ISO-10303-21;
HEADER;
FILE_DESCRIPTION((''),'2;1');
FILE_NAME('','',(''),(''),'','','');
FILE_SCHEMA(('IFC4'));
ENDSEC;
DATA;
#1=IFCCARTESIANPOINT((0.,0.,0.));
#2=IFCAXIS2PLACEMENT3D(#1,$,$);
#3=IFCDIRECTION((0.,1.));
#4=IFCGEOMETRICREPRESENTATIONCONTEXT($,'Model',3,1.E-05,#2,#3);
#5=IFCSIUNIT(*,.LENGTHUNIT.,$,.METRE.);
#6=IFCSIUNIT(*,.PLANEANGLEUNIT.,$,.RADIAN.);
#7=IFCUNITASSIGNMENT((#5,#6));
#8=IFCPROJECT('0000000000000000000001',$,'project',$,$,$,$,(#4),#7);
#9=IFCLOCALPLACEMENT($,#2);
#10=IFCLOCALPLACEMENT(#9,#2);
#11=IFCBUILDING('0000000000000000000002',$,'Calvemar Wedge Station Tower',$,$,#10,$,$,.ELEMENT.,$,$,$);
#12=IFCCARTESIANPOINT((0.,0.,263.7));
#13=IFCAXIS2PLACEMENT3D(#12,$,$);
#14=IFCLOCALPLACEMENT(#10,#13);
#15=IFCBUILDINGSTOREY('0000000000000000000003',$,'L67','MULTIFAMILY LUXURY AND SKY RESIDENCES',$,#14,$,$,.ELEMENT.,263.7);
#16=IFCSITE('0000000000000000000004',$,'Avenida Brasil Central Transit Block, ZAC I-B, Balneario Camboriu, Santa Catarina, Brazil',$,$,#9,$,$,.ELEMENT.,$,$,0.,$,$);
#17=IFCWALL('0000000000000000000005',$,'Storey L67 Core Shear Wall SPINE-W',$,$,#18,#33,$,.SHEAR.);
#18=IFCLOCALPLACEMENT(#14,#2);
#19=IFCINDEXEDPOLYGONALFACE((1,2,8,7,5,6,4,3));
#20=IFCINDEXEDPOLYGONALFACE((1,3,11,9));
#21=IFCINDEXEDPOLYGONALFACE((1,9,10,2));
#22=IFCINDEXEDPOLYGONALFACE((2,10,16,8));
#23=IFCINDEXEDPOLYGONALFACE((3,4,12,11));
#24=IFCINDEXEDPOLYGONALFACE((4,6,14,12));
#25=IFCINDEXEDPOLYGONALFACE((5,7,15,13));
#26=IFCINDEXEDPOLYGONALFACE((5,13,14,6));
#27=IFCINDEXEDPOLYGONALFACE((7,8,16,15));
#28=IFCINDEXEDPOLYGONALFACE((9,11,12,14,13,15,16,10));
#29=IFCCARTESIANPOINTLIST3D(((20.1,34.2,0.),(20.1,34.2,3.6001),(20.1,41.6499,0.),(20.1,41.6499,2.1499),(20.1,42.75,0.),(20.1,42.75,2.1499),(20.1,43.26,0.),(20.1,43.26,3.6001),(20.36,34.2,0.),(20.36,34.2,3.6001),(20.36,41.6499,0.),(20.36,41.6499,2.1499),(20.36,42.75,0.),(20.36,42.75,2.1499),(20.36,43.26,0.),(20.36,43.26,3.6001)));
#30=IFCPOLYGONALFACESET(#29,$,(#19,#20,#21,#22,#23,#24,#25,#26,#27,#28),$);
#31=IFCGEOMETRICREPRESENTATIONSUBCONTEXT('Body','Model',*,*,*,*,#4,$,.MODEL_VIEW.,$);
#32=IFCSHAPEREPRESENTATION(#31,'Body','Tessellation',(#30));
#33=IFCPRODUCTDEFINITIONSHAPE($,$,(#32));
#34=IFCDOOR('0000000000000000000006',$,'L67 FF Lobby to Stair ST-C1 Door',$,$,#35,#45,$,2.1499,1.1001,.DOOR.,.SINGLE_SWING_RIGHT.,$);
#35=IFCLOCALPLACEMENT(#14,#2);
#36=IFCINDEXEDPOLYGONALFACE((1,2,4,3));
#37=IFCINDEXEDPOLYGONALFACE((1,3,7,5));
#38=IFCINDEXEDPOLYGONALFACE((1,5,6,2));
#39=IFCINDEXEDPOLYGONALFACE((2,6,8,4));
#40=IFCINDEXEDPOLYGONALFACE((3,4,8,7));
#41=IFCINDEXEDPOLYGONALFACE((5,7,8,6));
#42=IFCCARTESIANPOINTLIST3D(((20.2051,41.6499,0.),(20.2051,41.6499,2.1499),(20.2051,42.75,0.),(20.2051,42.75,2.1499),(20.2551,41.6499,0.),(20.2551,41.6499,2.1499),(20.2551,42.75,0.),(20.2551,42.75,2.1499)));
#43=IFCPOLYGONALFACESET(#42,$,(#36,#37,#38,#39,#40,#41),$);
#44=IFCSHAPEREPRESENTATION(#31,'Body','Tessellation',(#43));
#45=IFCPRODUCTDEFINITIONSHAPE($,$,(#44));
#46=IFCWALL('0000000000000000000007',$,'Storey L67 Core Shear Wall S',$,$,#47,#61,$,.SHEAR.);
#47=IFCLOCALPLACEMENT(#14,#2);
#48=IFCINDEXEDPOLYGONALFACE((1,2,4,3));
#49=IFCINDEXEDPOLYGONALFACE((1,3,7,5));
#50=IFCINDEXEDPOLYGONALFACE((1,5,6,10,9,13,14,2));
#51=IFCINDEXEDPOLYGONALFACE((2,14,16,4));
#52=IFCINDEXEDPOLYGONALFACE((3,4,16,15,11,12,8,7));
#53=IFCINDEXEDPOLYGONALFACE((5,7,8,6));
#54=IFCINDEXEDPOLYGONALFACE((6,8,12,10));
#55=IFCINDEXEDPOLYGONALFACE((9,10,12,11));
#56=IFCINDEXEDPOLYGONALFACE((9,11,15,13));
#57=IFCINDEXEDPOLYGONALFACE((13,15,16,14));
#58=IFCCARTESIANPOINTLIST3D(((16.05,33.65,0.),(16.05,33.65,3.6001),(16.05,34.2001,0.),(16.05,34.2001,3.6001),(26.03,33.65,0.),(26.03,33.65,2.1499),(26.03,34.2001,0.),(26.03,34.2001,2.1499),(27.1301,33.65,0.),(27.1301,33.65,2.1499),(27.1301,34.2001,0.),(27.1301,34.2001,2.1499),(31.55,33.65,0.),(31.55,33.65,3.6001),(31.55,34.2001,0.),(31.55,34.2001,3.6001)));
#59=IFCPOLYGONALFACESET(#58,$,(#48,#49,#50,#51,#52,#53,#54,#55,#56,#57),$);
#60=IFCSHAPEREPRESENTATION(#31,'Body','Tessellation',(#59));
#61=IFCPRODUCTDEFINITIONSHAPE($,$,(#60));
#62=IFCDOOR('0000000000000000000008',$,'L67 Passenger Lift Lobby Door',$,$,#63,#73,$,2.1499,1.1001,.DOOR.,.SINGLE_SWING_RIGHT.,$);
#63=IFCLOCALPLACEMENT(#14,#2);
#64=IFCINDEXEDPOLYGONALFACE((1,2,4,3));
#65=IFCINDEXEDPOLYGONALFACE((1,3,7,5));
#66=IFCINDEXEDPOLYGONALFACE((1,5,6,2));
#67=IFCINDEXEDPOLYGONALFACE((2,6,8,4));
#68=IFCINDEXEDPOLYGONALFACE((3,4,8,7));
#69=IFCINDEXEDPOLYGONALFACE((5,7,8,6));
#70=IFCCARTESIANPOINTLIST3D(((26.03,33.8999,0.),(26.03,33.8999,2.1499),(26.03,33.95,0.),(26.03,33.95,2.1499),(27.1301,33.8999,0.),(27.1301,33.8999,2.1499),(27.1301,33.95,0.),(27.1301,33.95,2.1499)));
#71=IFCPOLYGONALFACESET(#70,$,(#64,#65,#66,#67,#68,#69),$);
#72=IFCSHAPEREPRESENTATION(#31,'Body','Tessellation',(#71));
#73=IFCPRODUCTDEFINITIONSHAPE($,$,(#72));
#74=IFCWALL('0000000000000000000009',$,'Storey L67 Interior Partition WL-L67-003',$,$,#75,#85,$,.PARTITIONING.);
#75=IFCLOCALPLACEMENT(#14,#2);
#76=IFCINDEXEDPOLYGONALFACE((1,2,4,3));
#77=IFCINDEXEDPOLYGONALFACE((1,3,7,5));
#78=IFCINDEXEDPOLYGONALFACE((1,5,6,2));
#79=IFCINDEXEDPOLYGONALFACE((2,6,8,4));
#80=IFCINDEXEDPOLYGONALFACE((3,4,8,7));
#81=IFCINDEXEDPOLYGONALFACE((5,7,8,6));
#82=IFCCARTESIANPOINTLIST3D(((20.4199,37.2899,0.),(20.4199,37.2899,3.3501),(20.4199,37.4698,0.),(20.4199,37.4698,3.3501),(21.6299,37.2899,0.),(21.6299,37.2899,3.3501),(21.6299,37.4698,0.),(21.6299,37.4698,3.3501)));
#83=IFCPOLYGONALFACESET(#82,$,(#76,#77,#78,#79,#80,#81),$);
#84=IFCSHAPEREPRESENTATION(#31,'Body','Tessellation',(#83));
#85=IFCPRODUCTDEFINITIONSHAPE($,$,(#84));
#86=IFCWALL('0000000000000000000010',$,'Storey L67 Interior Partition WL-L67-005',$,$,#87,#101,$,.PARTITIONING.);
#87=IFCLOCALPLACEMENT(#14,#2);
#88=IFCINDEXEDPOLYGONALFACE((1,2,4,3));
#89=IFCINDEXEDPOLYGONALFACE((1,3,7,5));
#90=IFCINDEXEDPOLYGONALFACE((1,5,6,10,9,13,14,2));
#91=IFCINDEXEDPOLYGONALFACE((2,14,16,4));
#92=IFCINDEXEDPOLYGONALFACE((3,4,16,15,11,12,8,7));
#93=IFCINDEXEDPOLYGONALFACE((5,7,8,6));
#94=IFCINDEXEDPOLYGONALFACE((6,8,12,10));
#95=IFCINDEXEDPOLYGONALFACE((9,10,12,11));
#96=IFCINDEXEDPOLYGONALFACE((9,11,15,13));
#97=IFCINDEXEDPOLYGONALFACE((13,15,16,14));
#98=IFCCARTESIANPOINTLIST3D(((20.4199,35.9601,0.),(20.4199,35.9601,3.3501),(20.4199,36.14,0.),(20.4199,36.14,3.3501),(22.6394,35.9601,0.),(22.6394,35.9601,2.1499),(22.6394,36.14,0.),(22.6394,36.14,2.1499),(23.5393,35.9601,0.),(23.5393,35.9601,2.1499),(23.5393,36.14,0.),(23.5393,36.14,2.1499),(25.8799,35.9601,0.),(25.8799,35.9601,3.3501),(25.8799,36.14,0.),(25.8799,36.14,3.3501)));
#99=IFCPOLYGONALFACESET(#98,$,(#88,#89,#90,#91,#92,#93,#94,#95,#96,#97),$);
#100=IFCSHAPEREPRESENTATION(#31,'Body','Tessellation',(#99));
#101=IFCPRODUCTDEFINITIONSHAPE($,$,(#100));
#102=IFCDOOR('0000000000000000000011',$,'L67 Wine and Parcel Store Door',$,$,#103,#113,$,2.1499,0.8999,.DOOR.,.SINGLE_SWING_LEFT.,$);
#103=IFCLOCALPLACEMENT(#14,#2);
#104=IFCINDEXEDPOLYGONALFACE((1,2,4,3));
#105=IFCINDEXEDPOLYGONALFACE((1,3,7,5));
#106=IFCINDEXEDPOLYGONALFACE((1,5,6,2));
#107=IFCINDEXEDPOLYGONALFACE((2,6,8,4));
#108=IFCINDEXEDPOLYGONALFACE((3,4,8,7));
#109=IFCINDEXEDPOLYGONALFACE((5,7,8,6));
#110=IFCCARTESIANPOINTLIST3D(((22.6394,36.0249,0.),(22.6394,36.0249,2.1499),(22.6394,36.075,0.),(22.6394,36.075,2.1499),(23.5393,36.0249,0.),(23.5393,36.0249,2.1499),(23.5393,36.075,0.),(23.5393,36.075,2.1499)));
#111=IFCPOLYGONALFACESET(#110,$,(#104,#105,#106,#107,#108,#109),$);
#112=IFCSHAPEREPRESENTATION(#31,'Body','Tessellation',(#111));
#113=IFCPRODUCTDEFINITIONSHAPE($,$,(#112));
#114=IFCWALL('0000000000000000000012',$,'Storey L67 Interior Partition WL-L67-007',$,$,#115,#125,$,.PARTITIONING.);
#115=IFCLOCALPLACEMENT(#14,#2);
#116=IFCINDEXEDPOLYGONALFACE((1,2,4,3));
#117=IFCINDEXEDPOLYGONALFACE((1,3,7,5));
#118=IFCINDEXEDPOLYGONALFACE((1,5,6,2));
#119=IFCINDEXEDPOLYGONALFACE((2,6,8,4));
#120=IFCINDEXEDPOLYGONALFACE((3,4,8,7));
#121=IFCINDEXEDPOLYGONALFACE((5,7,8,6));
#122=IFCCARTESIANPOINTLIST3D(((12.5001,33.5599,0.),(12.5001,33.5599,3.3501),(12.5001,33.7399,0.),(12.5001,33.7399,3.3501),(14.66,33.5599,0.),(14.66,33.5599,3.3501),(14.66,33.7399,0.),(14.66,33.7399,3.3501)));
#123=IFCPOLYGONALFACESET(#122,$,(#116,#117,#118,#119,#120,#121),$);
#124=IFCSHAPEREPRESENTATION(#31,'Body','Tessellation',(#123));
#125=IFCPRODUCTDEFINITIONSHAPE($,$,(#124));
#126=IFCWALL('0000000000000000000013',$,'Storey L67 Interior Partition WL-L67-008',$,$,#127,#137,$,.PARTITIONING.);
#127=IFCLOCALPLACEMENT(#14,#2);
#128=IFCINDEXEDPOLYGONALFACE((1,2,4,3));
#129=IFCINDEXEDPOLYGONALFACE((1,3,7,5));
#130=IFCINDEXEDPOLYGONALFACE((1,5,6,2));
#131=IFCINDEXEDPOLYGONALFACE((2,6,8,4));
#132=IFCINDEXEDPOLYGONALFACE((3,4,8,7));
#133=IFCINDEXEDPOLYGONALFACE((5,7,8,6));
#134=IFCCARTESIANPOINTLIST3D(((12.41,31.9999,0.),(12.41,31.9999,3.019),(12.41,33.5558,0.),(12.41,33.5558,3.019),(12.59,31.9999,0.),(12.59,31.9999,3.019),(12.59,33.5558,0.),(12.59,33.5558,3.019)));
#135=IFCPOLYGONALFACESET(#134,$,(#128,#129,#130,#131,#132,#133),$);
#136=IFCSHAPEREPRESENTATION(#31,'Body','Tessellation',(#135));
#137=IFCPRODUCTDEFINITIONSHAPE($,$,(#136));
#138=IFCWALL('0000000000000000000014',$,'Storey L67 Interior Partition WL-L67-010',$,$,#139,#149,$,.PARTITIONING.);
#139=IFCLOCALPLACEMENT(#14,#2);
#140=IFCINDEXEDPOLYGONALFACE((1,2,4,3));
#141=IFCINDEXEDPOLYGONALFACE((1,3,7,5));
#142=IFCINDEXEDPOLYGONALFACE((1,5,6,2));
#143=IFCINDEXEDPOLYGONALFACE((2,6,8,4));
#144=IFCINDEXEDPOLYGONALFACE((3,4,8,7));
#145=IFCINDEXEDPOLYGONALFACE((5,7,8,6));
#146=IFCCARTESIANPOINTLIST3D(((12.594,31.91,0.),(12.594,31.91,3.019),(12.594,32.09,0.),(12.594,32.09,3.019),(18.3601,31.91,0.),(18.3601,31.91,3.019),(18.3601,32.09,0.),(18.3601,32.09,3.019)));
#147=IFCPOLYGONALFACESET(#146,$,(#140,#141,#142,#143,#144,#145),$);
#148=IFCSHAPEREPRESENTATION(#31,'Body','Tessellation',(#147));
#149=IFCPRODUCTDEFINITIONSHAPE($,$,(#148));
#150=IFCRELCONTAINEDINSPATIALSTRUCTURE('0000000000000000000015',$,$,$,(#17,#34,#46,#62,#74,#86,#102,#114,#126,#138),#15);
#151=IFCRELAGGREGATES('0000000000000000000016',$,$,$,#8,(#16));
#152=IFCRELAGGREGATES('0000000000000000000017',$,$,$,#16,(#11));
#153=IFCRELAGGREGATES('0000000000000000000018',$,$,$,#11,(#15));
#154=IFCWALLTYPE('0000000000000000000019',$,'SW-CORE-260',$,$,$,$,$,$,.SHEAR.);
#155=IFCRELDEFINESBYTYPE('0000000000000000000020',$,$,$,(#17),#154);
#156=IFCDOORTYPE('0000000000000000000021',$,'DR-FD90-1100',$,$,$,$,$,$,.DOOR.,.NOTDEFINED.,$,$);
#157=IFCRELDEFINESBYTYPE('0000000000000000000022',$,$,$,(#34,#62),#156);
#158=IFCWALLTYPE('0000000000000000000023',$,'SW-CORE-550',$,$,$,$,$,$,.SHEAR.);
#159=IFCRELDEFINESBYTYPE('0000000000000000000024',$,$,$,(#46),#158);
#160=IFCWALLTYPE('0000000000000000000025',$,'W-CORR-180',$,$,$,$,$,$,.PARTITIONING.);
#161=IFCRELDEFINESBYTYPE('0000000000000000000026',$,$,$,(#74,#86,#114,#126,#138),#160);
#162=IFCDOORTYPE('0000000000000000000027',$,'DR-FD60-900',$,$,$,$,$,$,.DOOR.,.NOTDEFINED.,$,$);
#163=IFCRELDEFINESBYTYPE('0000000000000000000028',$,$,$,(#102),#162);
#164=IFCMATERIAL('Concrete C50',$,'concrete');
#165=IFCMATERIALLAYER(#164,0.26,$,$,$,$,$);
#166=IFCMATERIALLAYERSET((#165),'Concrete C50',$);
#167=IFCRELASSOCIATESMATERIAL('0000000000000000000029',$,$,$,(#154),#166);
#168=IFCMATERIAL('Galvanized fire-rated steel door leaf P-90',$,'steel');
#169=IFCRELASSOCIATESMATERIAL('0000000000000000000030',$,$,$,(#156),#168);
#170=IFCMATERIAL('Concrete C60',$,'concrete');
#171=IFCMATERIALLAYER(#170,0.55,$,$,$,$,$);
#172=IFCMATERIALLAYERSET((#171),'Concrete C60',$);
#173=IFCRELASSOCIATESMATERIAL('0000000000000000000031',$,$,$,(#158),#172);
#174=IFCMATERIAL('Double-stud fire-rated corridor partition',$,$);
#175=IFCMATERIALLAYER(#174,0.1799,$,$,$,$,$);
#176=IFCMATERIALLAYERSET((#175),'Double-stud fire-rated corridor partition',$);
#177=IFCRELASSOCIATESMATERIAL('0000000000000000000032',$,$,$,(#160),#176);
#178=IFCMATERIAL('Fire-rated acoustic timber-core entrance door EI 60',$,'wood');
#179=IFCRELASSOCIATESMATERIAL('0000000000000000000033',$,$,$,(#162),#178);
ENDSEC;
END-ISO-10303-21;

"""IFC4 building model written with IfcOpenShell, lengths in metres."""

from ifc_helpers import new_model, si_unit, direction, frame, frame_2d, origin, place, context, subcontext, project, spatial, rectangle, extrude, source, transform, mapped, material, layer, layer_set, type_object, element, fill, save


model = new_model("IFC4")

# Units and contexts
model_context = context("Model", 3, precision=1e-05, world=origin(), true_north=direction((0.0, 1.0)))
body_context = subcontext(model_context, "Body", "Model", "MODEL_VIEW")
ifc_project = project(units=[si_unit("LENGTHUNIT", "METRE"), si_unit("PLANEANGLEUNIT", "RADIAN")], contexts=[model_context])

# Site, building, storey
site_placement = place(None, origin())
site = spatial("IfcSite", under=ifc_project, at=site_placement, Name="Avenida Brasil Central Transit Block, ZAC I-B, Balneario Camboriu, Santa Catarina, Brazil", CompositionType="ELEMENT", RefElevation=0.0)
building_placement = place(site_placement, origin())
building = spatial("IfcBuilding", under=site, at=building_placement, Name="Calvemar Wedge Station Tower", CompositionType="ELEMENT")
storey_placement = place(building_placement, frame((0.0, 0.0, 263.7)))
storey = spatial("IfcBuildingStorey", under=building, at=storey_placement, Name="L67", Description="MULTIFAMILY LUXURY AND SKY RESIDENCES", CompositionType="ELEMENT", Elevation=263.7)

# Shared definitions
ifc_material_1 = material(Name="Concrete C50", Category="concrete")

# Walls, openings, doors
ifc_layer_1 = layer(ifc_material_1, 0.26)
ifc_layer_set_1 = layer_set([ifc_layer_1], Name="Concrete C50")
wall_type_1 = type_object("IfcWallType", Name="SW-CORE-260", PredefinedType="SHEAR", material=ifc_layer_set_1)
wall_1_placement = place(storey_placement, frame((20.23, 34.2, 0.0), z_axis=(0.0, 0.0, 1.0), x_axis=(0.0, 1.0, 0.0)))
wall_1 = element("IfcWall", 1, at=wall_1_placement, inside=storey, type_object=wall_type_1, Name="Storey L67 Core Shear Wall SPINE-W", PredefinedType="SHEAR", context=body_context, shape_type="SweptSolid", body=[
    extrude(rectangle(XDim=9.0601, YDim=0.26, at=frame_2d((4.53, 0.0))), origin(), (0.0, 0.0, 1.0), 3.6001),
])
shared_shape_1 = source(origin(), body_context, "Body", "SweptSolid", [
    extrude(rectangle(XDim=1.1001, YDim=2.1499, at=frame_2d((0.55, 1.075))), frame((0.0, 0.1401, 0.0), z_axis=(0.0, -1.0, 0.0), x_axis=(1.0, 0.0, 0.0)), (0.0, 0.0, 1.0), 0.28),
])
opening_1_placement = place(wall_1_placement, frame((7.45, 0.0, 0.0)))
opening_1 = element("IfcOpeningElement", 2, at=opening_1_placement, cuts=wall_1, PredefinedType="OPENING", context=body_context, shape_type="MappedRepresentation", body=[
    mapped(shared_shape_1, transform((0.0, 0.0, 0.0), scale=1.0)),
])
ifc_material_2 = material(Name="Galvanized fire-rated steel door leaf P-90", Category="steel")
door_type_1 = type_object("IfcDoorType", Name="DR-FD90-1100", OperationType="NOTDEFINED", PredefinedType="DOOR", material=ifc_material_2)
shared_shape_2 = source(origin(), body_context, "Body", "SweptSolid", [
    extrude(rectangle(XDim=1.1001, YDim=2.1499, at=frame_2d((0.55, 1.075))), frame((0.0, 0.0249, 0.0), z_axis=(0.0, -1.0, 0.0), x_axis=(1.0, 0.0, 0.0)), (0.0, 0.0, 1.0), 0.05),
])
door_1_placement = place(opening_1_placement, origin())
door_1 = element("IfcDoor", 3, at=door_1_placement, inside=storey, type_object=door_type_1, Name="L67 FF Lobby to Stair ST-C1 Door", OperationType="SINGLE_SWING_RIGHT", OverallHeight=2.1499, OverallWidth=1.1001, PredefinedType="DOOR", context=body_context, shape_type="MappedRepresentation", body=[
    mapped(shared_shape_2, transform((0.0, 0.0, 0.0), scale=1.0)),
])
fill(opening_1, door_1)
ifc_material_3 = material(Name="Concrete C60", Category="concrete")
ifc_layer_2 = layer(ifc_material_3, 0.55)
ifc_layer_set_2 = layer_set([ifc_layer_2], Name="Concrete C60")
wall_type_2 = type_object("IfcWallType", Name="SW-CORE-550", PredefinedType="SHEAR", material=ifc_layer_set_2)
wall_2_placement = place(storey_placement, frame((16.05, 33.925, 0.0), z_axis=(0.0, 0.0, 1.0), x_axis=(1.0, 0.0, 0.0)))
wall_2 = element("IfcWall", 4, at=wall_2_placement, inside=storey, type_object=wall_type_2, Name="Storey L67 Core Shear Wall S", PredefinedType="SHEAR", context=body_context, shape_type="SweptSolid", body=[
    extrude(rectangle(XDim=15.5, YDim=0.55, at=frame_2d((7.75, 0.0))), origin(), (0.0, 0.0, 1.0), 3.6001),
])
shared_shape_3 = source(origin(), body_context, "Body", "SweptSolid", [
    extrude(rectangle(XDim=1.1001, YDim=2.1499, at=frame_2d((0.55, 1.075))), frame((0.0, 0.2852, 0.0), z_axis=(0.0, -1.0, 0.0), x_axis=(1.0, 0.0, 0.0)), (0.0, 0.0, 1.0), 0.5701),
])
opening_2_placement = place(wall_2_placement, frame((9.98, 0.0, 0.0)))
opening_2 = element("IfcOpeningElement", 5, at=opening_2_placement, cuts=wall_2, PredefinedType="OPENING", context=body_context, shape_type="MappedRepresentation", body=[
    mapped(shared_shape_3, transform((0.0, 0.0, 0.0), scale=1.0)),
])
door_2_placement = place(opening_2_placement, origin())
door_2 = element("IfcDoor", 6, at=door_2_placement, inside=storey, type_object=door_type_1, Name="L67 Passenger Lift Lobby Door", OperationType="SINGLE_SWING_RIGHT", OverallHeight=2.1499, OverallWidth=1.1001, PredefinedType="DOOR", context=body_context, shape_type="MappedRepresentation", body=[
    mapped(shared_shape_2, transform((0.0, 0.0, 0.0), scale=1.0)),
])
fill(opening_2, door_2)

# Wall
ifc_material_4 = material(Name="Double-stud fire-rated corridor partition")
ifc_layer_3 = layer(ifc_material_4, 0.1799)
ifc_layer_set_3 = layer_set([ifc_layer_3], Name="Double-stud fire-rated corridor partition")
wall_type_3 = type_object("IfcWallType", Name="W-CORR-180", PredefinedType="PARTITIONING", material=ifc_layer_set_3)
wall_3_placement = place(storey_placement, frame((21.6299, 37.3799, 0.0), z_axis=(0.0, 0.0, 1.0), x_axis=(-1.0, 0.0, 0.0)))
element("IfcWall", 7, at=wall_3_placement, inside=storey, type_object=wall_type_3, Name="Storey L67 Interior Partition WL-L67-003", PredefinedType="PARTITIONING", context=body_context, shape_type="SweptSolid", body=[
    extrude(rectangle(XDim=1.21, YDim=0.1799, at=frame_2d((0.605, 0.0))), origin(), (0.0, 0.0, 1.0), 3.3501),
])

# Wall, opening, door
wall_4_placement = place(storey_placement, frame((20.4199, 36.05, 0.0), z_axis=(0.0, 0.0, 1.0), x_axis=(1.0, 0.0, 0.0)))
wall_4 = element("IfcWall", 8, at=wall_4_placement, inside=storey, type_object=wall_type_3, Name="Storey L67 Interior Partition WL-L67-005", PredefinedType="PARTITIONING", context=body_context, shape_type="SweptSolid", body=[
    extrude(rectangle(XDim=5.46, YDim=0.1799, at=frame_2d((2.73, 0.0))), origin(), (0.0, 0.0, 1.0), 3.3501),
])
shared_shape_4 = source(origin(), body_context, "Body", "SweptSolid", [
    extrude(rectangle(XDim=0.8999, YDim=2.1499, at=frame_2d((0.45, 1.075))), frame((0.0, 0.1001, 0.0), z_axis=(0.0, -1.0, 0.0), x_axis=(1.0, 0.0, 0.0)), (0.0, 0.0, 1.0), 0.2),
])
opening_3_placement = place(wall_4_placement, frame((2.2195, 0.0, 0.0)))
opening_3 = element("IfcOpeningElement", 9, at=opening_3_placement, cuts=wall_4, PredefinedType="OPENING", context=body_context, shape_type="MappedRepresentation", body=[
    mapped(shared_shape_4, transform((0.0, 0.0, 0.0), scale=1.0)),
])
ifc_material_5 = material(Name="Fire-rated acoustic timber-core entrance door EI 60", Category="wood")
door_type_2 = type_object("IfcDoorType", Name="DR-FD60-900", OperationType="NOTDEFINED", PredefinedType="DOOR", material=ifc_material_5)
shared_shape_5 = source(origin(), body_context, "Body", "SweptSolid", [
    extrude(rectangle(XDim=0.8999, YDim=2.1499, at=frame_2d((0.45, 1.075))), frame((0.0, 0.0249, 0.0), z_axis=(0.0, -1.0, 0.0), x_axis=(1.0, 0.0, 0.0)), (0.0, 0.0, 1.0), 0.05),
])
door_3_placement = place(opening_3_placement, origin())
door_3 = element("IfcDoor", 10, at=door_3_placement, inside=storey, type_object=door_type_2, Name="L67 Wine and Parcel Store Door", OperationType="SINGLE_SWING_LEFT", OverallHeight=2.1499, OverallWidth=0.8999, PredefinedType="DOOR", context=body_context, shape_type="MappedRepresentation", body=[
    mapped(shared_shape_5, transform((0.0, 0.0, 0.0), scale=1.0)),
])
fill(opening_3, door_3)

# Walls
wall_5_placement = place(storey_placement, frame((12.5, 33.6499, 0.0), z_axis=(0.0, 0.0, 1.0), x_axis=(1.0, 0.0, 0.0)))
element("IfcWall", 11, at=wall_5_placement, inside=storey, type_object=wall_type_3, Name="Storey L67 Interior Partition WL-L67-007", PredefinedType="PARTITIONING", context=body_context, shape_type="SweptSolid", body=[
    extrude(rectangle(XDim=2.1599, YDim=0.1799, at=frame_2d((1.0801, 0.0))), origin(), (0.0, 0.0, 1.0), 3.3501),
])
wall_6_placement = place(storey_placement, frame((12.5, 32.0, 0.0), z_axis=(0.0, 0.0, 1.0), x_axis=(0.0, 1.0, 0.0)))
element("IfcWall", 12, at=wall_6_placement, inside=storey, type_object=wall_type_3, Name="Storey L67 Interior Partition WL-L67-008", PredefinedType="PARTITIONING", context=body_context, shape_type="SweptSolid", body=[
    extrude(rectangle(XDim=1.5559, YDim=0.1799, at=frame_2d((0.7778, 0.0))), origin(), (0.0, 0.0, 1.0), 3.019),
])
wall_7_placement = place(storey_placement, frame((18.3601, 32.0, 0.0), z_axis=(0.0, 0.0, 1.0), x_axis=(-1.0, 0.0, 0.0)))
element("IfcWall", 13, at=wall_7_placement, inside=storey, type_object=wall_type_3, Name="Storey L67 Interior Partition WL-L67-010", PredefinedType="PARTITIONING", context=body_context, shape_type="SweptSolid", body=[
    extrude(rectangle(XDim=5.7661, YDim=0.1799, at=frame_2d((2.8831, 0.0))), origin(), (0.0, 0.0, 1.0), 3.019),
])

save(model, "model.ifc")
